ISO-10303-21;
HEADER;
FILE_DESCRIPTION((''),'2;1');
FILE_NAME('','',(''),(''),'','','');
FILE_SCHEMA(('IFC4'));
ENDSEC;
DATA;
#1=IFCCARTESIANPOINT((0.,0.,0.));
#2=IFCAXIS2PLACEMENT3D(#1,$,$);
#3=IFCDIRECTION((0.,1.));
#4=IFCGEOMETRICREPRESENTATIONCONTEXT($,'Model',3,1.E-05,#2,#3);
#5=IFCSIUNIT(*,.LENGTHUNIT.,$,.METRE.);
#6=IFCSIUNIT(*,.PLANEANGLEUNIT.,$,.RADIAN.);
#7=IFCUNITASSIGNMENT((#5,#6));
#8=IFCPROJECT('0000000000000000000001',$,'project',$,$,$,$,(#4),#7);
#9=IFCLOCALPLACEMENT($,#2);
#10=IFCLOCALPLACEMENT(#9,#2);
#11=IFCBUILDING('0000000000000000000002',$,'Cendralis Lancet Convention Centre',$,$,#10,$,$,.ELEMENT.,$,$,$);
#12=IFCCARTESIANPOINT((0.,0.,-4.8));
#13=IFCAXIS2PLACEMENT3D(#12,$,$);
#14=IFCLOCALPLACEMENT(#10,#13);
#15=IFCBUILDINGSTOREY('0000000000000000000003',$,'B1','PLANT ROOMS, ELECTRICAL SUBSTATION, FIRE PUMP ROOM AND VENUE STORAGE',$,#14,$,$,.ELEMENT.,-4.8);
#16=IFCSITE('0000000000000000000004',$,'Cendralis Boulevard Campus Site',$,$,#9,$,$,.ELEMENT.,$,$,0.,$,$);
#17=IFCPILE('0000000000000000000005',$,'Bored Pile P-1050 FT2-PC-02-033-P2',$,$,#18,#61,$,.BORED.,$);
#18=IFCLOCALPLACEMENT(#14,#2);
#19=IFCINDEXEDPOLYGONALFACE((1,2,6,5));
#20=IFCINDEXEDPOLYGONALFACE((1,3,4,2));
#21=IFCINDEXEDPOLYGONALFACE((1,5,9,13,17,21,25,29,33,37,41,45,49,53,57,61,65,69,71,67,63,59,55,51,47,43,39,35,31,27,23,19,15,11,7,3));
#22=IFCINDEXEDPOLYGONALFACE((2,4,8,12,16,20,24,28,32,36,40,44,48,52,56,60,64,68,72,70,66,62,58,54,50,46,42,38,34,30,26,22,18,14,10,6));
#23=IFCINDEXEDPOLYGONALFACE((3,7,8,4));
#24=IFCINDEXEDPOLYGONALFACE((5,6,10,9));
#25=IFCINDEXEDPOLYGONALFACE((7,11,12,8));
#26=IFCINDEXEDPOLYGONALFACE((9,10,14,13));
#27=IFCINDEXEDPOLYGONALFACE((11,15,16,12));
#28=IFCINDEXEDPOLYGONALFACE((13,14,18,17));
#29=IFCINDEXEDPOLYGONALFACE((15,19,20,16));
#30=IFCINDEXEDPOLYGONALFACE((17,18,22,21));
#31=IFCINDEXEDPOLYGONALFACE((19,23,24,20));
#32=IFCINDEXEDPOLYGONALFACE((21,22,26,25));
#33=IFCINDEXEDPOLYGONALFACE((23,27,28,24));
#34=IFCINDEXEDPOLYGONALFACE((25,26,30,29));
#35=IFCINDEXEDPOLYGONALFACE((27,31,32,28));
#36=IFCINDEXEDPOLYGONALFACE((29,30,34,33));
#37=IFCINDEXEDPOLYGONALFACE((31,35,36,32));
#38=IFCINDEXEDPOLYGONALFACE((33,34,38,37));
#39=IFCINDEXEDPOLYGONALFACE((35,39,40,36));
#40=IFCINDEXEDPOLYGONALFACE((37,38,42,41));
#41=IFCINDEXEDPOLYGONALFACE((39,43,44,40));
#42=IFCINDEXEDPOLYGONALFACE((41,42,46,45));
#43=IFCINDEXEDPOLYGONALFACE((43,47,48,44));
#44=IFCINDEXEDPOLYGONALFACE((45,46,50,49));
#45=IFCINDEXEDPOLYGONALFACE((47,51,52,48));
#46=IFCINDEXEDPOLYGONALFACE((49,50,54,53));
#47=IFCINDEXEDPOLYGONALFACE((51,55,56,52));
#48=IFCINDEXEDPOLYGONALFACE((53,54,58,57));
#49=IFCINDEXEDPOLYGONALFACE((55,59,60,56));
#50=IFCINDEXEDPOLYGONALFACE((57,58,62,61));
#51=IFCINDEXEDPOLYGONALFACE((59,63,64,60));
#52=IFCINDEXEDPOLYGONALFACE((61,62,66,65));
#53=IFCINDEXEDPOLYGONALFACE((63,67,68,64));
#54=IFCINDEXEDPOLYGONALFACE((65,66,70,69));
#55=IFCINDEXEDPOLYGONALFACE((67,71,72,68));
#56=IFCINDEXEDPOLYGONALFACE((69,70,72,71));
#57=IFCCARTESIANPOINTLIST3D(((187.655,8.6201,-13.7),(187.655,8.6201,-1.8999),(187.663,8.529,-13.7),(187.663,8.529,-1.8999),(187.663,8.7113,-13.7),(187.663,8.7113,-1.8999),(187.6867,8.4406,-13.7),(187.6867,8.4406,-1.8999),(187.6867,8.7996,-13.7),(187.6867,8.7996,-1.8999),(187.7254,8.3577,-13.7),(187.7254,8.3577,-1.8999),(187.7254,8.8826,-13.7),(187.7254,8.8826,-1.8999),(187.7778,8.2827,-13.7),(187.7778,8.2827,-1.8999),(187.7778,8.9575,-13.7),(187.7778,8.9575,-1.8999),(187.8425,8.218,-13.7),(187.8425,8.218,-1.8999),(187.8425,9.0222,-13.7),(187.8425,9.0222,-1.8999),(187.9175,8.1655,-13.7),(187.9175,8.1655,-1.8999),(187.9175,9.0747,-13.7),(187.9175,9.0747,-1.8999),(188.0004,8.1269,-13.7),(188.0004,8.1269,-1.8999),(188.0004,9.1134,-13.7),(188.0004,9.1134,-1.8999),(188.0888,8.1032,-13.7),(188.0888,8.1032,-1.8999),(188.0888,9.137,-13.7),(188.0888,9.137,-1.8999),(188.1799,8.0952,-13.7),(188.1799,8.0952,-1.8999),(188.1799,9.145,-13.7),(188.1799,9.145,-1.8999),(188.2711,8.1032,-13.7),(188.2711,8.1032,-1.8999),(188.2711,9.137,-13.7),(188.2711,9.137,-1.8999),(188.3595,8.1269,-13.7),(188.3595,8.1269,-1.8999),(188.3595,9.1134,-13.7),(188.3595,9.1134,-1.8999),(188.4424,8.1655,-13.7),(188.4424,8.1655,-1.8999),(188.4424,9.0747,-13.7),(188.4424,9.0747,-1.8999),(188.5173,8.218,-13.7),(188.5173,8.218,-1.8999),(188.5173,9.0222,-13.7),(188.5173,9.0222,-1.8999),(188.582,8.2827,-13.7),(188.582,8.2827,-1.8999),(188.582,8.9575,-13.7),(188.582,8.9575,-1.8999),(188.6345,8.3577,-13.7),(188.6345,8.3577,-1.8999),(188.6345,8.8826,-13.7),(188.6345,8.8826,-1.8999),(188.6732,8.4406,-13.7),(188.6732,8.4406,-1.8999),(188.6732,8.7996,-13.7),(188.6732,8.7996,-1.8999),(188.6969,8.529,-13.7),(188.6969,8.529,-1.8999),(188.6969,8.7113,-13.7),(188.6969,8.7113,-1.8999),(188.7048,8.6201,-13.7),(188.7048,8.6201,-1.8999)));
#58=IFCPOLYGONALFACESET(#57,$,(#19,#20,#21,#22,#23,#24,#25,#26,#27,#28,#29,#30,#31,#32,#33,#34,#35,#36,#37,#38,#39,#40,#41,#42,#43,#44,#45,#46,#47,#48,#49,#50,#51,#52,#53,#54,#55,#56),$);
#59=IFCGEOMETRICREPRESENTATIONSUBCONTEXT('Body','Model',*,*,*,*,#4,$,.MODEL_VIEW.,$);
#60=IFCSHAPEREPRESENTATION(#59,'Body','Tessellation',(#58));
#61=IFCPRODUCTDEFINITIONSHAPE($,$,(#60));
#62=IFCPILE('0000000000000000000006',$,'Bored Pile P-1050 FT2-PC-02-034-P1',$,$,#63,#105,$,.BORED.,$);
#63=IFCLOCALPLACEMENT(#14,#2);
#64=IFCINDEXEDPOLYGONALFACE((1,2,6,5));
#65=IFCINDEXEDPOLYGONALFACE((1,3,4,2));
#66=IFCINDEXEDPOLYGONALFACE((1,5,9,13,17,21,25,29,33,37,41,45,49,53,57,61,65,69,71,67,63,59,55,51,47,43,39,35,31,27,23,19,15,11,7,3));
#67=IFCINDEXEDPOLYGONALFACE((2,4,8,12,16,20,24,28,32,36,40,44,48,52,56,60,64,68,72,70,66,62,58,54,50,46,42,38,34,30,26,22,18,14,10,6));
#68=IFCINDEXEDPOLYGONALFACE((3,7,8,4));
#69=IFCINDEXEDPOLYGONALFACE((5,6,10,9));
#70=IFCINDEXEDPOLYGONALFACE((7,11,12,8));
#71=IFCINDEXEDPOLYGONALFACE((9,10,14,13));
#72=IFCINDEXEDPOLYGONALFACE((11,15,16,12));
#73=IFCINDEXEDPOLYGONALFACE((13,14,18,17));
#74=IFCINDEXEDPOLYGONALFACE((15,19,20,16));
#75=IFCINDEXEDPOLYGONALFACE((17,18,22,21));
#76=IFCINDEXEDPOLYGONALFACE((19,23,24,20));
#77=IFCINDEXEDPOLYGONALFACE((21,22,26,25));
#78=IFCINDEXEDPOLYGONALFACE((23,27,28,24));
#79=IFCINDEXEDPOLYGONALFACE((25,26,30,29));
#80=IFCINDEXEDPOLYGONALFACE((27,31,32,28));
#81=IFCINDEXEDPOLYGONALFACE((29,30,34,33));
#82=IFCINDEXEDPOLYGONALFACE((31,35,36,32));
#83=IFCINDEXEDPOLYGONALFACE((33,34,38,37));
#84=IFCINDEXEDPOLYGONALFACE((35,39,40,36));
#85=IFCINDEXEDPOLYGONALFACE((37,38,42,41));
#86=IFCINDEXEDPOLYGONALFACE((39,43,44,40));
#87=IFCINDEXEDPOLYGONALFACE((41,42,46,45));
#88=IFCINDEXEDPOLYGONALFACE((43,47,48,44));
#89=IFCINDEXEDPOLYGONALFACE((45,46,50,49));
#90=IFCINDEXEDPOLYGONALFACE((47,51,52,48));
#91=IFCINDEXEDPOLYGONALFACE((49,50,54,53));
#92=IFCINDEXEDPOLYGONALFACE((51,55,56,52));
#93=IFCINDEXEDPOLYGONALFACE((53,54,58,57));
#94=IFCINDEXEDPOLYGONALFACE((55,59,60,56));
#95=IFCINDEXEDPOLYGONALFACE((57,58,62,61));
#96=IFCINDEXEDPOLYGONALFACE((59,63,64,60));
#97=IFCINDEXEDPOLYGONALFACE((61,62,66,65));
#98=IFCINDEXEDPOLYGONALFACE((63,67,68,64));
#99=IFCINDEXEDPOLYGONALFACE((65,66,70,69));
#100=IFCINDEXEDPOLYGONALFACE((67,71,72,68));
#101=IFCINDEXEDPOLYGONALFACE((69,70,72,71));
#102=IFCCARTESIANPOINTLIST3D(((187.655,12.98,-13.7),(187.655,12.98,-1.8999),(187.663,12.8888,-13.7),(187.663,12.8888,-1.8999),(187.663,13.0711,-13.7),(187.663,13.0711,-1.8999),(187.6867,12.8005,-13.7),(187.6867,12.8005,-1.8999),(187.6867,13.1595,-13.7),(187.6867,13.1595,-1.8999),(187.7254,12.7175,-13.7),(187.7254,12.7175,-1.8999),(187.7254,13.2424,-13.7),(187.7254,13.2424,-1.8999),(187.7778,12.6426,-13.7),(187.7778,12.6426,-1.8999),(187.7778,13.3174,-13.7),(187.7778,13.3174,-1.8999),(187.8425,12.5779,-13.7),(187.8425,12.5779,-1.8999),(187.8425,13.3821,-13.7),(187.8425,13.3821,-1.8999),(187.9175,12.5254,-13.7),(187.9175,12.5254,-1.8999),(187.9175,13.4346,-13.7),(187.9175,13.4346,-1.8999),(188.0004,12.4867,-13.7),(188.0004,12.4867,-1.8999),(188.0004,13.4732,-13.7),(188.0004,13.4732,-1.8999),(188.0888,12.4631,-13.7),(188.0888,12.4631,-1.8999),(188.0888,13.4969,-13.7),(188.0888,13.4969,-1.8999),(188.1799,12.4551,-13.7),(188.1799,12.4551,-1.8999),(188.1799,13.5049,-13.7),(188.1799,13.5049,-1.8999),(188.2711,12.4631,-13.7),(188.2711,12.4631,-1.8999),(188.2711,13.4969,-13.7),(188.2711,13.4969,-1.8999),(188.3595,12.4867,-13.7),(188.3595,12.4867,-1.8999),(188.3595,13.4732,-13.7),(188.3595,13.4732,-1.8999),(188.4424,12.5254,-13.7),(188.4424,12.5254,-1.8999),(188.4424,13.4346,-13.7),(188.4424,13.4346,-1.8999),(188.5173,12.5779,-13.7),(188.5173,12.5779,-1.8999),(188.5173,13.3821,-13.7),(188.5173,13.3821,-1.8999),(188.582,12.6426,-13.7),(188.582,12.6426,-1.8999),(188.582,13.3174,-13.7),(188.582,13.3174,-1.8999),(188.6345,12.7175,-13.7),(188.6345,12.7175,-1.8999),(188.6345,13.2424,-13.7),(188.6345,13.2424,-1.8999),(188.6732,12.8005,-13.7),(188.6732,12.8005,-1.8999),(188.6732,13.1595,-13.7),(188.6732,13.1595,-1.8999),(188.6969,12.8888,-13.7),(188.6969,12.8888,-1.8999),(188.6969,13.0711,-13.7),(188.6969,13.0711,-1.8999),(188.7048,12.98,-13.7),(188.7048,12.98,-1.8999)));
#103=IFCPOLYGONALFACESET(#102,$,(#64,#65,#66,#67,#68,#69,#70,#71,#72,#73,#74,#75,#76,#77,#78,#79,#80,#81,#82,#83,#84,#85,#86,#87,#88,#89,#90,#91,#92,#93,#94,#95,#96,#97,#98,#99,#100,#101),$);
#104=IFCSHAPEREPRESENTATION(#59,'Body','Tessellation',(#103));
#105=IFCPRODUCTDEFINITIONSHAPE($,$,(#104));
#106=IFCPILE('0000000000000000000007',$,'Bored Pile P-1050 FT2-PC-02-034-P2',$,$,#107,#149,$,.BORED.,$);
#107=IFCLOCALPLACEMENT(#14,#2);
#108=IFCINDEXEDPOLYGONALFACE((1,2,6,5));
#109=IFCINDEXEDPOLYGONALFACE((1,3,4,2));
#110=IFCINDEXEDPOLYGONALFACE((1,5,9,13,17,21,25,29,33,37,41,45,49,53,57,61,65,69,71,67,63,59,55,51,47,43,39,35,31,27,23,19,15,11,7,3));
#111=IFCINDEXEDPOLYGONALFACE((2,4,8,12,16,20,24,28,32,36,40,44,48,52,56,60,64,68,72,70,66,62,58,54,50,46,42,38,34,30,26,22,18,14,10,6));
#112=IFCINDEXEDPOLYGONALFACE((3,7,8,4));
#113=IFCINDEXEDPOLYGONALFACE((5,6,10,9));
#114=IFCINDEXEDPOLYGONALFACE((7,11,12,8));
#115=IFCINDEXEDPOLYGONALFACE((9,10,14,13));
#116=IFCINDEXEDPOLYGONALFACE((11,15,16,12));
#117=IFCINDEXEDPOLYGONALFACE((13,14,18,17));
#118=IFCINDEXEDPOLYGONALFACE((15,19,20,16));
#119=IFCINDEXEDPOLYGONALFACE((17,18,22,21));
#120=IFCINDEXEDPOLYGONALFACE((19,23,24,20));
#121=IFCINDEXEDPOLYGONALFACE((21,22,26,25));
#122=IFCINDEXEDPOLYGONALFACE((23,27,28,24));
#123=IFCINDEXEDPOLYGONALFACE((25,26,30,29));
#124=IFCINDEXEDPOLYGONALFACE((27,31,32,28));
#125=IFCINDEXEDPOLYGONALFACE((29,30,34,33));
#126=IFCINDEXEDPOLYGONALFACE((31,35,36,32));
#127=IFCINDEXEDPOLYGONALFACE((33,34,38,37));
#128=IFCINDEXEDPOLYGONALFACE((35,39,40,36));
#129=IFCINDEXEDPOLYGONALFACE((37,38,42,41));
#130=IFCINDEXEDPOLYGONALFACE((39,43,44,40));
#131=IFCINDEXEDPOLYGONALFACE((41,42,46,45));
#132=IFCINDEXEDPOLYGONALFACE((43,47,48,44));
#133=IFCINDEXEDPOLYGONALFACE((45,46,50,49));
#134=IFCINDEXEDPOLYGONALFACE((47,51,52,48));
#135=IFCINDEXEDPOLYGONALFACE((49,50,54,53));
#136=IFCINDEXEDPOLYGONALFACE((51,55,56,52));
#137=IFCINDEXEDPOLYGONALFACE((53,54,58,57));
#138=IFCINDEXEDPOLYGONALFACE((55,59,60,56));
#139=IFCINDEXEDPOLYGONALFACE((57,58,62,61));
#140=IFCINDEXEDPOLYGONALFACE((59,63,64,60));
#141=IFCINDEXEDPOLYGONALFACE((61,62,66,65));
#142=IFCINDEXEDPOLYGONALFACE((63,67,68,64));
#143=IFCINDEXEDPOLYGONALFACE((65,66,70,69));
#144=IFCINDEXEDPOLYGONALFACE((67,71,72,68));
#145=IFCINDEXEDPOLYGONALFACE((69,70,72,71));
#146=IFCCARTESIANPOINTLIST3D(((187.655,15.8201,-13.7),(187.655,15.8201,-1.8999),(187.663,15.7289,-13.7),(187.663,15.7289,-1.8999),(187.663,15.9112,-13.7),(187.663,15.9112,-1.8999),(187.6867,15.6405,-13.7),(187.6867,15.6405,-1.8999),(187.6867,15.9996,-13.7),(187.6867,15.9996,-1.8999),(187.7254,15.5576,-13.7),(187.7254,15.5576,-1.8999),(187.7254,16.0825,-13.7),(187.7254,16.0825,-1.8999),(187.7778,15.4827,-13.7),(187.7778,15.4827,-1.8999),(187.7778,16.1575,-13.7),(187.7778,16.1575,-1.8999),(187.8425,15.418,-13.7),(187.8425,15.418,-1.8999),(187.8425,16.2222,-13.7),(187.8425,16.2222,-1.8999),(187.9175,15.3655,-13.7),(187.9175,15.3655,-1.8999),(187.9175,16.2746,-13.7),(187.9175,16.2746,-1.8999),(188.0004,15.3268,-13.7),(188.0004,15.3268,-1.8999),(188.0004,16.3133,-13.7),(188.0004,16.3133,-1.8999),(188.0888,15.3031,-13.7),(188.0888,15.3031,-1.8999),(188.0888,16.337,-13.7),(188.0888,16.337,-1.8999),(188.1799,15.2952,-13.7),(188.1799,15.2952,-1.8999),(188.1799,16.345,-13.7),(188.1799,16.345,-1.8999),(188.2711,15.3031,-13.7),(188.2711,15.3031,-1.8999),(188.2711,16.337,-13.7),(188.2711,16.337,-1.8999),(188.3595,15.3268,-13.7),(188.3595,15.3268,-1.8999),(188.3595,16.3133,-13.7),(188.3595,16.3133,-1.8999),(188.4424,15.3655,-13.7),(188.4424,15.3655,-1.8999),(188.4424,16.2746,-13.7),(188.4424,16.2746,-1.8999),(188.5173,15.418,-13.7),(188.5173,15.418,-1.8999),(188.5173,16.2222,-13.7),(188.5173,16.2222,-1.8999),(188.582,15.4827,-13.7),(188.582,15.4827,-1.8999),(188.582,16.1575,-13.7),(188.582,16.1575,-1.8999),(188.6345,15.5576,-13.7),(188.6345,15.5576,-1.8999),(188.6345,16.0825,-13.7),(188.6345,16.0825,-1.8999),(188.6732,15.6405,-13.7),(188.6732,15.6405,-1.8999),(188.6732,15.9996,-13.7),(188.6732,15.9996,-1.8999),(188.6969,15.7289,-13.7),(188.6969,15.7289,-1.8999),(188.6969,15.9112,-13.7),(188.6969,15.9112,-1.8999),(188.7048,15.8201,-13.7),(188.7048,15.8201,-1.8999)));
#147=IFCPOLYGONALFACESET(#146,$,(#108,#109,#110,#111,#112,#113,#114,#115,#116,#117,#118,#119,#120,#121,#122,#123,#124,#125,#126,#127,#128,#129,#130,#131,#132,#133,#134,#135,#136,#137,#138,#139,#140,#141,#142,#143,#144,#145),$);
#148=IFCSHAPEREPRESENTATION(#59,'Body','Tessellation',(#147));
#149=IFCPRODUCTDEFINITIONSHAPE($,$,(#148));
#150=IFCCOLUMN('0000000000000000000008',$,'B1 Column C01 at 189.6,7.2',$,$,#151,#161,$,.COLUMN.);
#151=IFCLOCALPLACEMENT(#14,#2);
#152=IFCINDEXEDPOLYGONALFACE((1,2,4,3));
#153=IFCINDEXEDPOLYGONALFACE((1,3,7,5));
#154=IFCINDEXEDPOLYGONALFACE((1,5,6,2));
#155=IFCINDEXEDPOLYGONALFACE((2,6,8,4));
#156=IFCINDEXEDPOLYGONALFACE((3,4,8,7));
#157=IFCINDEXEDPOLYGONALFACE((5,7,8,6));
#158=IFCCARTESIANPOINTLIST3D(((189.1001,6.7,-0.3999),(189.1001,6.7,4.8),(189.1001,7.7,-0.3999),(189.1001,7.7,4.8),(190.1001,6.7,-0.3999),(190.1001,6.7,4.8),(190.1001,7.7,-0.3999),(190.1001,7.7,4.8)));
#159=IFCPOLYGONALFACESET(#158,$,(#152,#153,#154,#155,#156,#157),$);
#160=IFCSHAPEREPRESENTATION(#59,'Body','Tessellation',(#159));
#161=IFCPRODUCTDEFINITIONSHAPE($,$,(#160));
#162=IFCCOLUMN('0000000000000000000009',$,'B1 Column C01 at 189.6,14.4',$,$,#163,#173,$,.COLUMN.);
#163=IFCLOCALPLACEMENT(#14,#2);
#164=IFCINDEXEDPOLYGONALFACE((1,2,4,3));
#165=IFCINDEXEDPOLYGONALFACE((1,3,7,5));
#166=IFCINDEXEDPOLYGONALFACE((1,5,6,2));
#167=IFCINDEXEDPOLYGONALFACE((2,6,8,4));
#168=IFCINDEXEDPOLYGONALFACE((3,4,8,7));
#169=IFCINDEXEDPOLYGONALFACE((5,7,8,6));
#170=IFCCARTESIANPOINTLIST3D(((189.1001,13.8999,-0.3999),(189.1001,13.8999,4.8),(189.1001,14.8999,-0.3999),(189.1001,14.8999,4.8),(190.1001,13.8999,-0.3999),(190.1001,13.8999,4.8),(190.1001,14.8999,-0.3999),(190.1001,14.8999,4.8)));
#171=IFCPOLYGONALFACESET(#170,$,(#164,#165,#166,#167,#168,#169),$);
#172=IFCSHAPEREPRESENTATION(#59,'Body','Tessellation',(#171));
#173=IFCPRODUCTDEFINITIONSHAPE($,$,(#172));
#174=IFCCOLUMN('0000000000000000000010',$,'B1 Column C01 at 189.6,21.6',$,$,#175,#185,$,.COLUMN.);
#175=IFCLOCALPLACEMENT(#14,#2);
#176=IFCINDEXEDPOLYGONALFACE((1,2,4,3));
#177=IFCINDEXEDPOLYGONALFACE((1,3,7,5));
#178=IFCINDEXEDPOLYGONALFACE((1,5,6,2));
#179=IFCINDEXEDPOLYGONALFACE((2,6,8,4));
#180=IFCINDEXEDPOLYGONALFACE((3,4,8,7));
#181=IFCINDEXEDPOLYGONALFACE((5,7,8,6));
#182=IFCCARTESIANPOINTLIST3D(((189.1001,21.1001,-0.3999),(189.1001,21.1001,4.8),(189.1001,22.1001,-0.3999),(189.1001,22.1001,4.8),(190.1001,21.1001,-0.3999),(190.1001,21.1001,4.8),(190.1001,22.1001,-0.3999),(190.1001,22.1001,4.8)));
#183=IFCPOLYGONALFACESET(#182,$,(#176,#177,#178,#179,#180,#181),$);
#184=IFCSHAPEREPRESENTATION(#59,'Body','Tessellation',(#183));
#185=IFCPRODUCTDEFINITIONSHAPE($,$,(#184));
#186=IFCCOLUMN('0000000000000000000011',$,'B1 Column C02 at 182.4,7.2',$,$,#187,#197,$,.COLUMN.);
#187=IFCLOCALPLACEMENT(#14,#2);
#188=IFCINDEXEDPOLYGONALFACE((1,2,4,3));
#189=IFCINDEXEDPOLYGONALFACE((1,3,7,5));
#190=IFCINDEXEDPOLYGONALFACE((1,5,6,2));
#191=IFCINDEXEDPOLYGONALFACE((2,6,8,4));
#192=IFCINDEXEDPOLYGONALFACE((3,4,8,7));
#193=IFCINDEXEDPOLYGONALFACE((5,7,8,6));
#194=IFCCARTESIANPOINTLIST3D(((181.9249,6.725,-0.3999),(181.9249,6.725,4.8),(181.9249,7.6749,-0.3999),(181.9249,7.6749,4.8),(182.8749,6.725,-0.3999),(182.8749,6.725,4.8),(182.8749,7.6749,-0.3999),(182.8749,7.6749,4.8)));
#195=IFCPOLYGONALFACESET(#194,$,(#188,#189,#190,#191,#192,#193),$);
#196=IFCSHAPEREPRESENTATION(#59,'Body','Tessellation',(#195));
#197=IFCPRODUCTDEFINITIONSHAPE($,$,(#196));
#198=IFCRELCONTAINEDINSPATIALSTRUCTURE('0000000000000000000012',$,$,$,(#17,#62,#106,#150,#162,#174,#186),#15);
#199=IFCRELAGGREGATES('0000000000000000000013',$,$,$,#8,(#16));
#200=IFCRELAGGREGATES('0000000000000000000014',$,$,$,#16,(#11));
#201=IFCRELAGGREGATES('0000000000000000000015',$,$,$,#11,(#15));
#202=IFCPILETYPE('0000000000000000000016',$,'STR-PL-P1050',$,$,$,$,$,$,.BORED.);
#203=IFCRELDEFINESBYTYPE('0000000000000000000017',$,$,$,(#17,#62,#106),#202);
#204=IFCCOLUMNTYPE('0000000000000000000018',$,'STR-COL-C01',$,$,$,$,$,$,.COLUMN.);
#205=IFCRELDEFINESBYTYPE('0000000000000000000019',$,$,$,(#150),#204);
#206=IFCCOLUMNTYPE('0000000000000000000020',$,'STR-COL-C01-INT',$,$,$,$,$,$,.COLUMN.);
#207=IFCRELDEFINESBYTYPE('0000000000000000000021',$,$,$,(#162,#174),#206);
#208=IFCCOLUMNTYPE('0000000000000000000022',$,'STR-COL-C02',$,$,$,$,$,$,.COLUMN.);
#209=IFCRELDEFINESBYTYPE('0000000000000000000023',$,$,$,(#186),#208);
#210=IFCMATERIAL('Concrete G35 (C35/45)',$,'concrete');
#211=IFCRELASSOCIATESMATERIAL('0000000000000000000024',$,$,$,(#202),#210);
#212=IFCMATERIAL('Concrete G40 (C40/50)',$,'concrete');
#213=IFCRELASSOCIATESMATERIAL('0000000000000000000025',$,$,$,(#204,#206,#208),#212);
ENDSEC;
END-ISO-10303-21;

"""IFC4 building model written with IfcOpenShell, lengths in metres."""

from ifc_helpers import new_model, si_unit, direction, frame, origin, origin_2d, place, context, subcontext, project, spatial, rectangle, circle, extrude, material, material_profile, profile_set, type_object, element, save


model = new_model("IFC4")

# Units and contexts
model_context = context("Model", 3, precision=1e-05, world=origin(), true_north=direction((0.0, 1.0)))
body_context = subcontext(model_context, "Body", "Model", "MODEL_VIEW")
ifc_project = project(units=[si_unit("LENGTHUNIT", "METRE"), si_unit("PLANEANGLEUNIT", "RADIAN")], contexts=[model_context])

# Site, building, storey
site_placement = place(None, origin())
site = spatial("IfcSite", under=ifc_project, at=site_placement, Name="Cendralis Boulevard Campus Site", CompositionType="ELEMENT", RefElevation=0.0)
building_placement = place(site_placement, origin())
building = spatial("IfcBuilding", under=site, at=building_placement, Name="Cendralis Lancet Convention Centre", CompositionType="ELEMENT")
storey_placement = place(building_placement, frame((0.0, 0.0, -4.8)))
storey = spatial("IfcBuildingStorey", under=building, at=storey_placement, Name="B1", Description="PLANT ROOMS, ELECTRICAL SUBSTATION, FIRE PUMP ROOM AND VENUE STORAGE", CompositionType="ELEMENT", Elevation=-4.8)

# Shared definitions
ifc_material_1 = material(Name="Concrete G35 (C35/45)", Category="concrete")

# Piles
ifc_material_profile_1 = material_profile(ifc_material_1, circle(Radius=0.5249, at=origin_2d()), Name="BORED PILE D1050")
ifc_profile_set_1 = profile_set([ifc_material_profile_1], Name="Concrete G35 (C35/45)")
pile_type = type_object("IfcPileType", Name="STR-PL-P1050", PredefinedType="BORED", material=ifc_profile_set_1)
for number, where, z_axis, x_axis, name in (
    (1, (188.1799, 8.6201, -1.8999), (0.0, 0.0, -1.0), (1.0, 0.0, 0.0), "Bored Pile P-1050 FT2-PC-02-033-P2"),
    (2, (188.1799, 12.98, -1.8999), (0.0, 0.0, -1.0), (1.0, 0.0, 0.0), "Bored Pile P-1050 FT2-PC-02-034-P1"),
    (3, (188.1799, 15.8201, -1.8999), (0.0, 0.0, -1.0), (1.0, 0.0, 0.0), "Bored Pile P-1050 FT2-PC-02-034-P2"),
):
    element("IfcPile", number, at=place(storey_placement, frame(where, z_axis=z_axis, x_axis=x_axis)), inside=storey, type_object=pile_type, Name=name, PredefinedType="BORED", context=body_context, shape_type="SweptSolid", body=[
        extrude(circle(Radius=0.5249, at=origin_2d()), origin(), (0.0, 0.0, 1.0), 11.8),
    ])

# Columns
ifc_material_2 = material(Name="Concrete G40 (C40/50)", Category="concrete")
ifc_material_profile_2 = material_profile(ifc_material_2, rectangle(XDim=1.0, YDim=1.0, at=origin_2d()), Name="RC 1000x1000")
ifc_profile_set_2 = profile_set([ifc_material_profile_2], Name="Concrete G40 (C40/50)")
column_type_1 = type_object("IfcColumnType", Name="STR-COL-C01", PredefinedType="COLUMN", material=ifc_profile_set_2)
column_1_placement = place(storey_placement, frame((189.6001, 7.2, -0.3999), z_axis=(0.0, 0.0, 1.0), x_axis=(1.0, 0.0, 0.0)))
element("IfcColumn", 4, at=column_1_placement, inside=storey, type_object=column_type_1, Name="B1 Column C01 at 189.6,7.2", PredefinedType="COLUMN", context=body_context, shape_type="SweptSolid", body=[
    extrude(rectangle(XDim=1.0, YDim=1.0, at=origin_2d()), origin(), (0.0, 0.0, 1.0), 5.2),
])
ifc_material_profile_3 = material_profile(ifc_material_2, rectangle(XDim=1.0, YDim=1.0, at=origin_2d()), Name="RC 1000x1000")
ifc_profile_set_3 = profile_set([ifc_material_profile_3], Name="Concrete G40 (C40/50)")
column_type_2 = type_object("IfcColumnType", Name="STR-COL-C01-INT", PredefinedType="COLUMN", material=ifc_profile_set_3)
for number, where, z_axis, x_axis, name in (
    (5, (189.6001, 14.3999, -0.3999), (0.0, 0.0, 1.0), (1.0, 0.0, 0.0), "B1 Column C01 at 189.6,14.4"),
    (6, (189.6001, 21.6001, -0.3999), (0.0, 0.0, 1.0), (1.0, 0.0, 0.0), "B1 Column C01 at 189.6,21.6"),
):
    element("IfcColumn", number, at=place(storey_placement, frame(where, z_axis=z_axis, x_axis=x_axis)), inside=storey, type_object=column_type_2, Name=name, PredefinedType="COLUMN", context=body_context, shape_type="SweptSolid", body=[
        extrude(rectangle(XDim=1.0, YDim=1.0, at=origin_2d()), origin(), (0.0, 0.0, 1.0), 5.2),
    ])
ifc_material_profile_4 = material_profile(ifc_material_2, rectangle(XDim=0.95, YDim=0.95, at=origin_2d()), Name="RC 950x950")
ifc_profile_set_4 = profile_set([ifc_material_profile_4], Name="Concrete G40 (C40/50)")
column_type_3 = type_object("IfcColumnType", Name="STR-COL-C02", PredefinedType="COLUMN", material=ifc_profile_set_4)
column_2_placement = place(storey_placement, frame((182.3999, 7.2, -0.3999), z_axis=(0.0, 0.0, 1.0), x_axis=(1.0, 0.0, 0.0)))
element("IfcColumn", 7, at=column_2_placement, inside=storey, type_object=column_type_3, Name="B1 Column C02 at 182.4,7.2", PredefinedType="COLUMN", context=body_context, shape_type="SweptSolid", body=[
    extrude(rectangle(XDim=0.95, YDim=0.95, at=origin_2d()), origin(), (0.0, 0.0, 1.0), 5.2),
])

save(model, "model.ifc")
